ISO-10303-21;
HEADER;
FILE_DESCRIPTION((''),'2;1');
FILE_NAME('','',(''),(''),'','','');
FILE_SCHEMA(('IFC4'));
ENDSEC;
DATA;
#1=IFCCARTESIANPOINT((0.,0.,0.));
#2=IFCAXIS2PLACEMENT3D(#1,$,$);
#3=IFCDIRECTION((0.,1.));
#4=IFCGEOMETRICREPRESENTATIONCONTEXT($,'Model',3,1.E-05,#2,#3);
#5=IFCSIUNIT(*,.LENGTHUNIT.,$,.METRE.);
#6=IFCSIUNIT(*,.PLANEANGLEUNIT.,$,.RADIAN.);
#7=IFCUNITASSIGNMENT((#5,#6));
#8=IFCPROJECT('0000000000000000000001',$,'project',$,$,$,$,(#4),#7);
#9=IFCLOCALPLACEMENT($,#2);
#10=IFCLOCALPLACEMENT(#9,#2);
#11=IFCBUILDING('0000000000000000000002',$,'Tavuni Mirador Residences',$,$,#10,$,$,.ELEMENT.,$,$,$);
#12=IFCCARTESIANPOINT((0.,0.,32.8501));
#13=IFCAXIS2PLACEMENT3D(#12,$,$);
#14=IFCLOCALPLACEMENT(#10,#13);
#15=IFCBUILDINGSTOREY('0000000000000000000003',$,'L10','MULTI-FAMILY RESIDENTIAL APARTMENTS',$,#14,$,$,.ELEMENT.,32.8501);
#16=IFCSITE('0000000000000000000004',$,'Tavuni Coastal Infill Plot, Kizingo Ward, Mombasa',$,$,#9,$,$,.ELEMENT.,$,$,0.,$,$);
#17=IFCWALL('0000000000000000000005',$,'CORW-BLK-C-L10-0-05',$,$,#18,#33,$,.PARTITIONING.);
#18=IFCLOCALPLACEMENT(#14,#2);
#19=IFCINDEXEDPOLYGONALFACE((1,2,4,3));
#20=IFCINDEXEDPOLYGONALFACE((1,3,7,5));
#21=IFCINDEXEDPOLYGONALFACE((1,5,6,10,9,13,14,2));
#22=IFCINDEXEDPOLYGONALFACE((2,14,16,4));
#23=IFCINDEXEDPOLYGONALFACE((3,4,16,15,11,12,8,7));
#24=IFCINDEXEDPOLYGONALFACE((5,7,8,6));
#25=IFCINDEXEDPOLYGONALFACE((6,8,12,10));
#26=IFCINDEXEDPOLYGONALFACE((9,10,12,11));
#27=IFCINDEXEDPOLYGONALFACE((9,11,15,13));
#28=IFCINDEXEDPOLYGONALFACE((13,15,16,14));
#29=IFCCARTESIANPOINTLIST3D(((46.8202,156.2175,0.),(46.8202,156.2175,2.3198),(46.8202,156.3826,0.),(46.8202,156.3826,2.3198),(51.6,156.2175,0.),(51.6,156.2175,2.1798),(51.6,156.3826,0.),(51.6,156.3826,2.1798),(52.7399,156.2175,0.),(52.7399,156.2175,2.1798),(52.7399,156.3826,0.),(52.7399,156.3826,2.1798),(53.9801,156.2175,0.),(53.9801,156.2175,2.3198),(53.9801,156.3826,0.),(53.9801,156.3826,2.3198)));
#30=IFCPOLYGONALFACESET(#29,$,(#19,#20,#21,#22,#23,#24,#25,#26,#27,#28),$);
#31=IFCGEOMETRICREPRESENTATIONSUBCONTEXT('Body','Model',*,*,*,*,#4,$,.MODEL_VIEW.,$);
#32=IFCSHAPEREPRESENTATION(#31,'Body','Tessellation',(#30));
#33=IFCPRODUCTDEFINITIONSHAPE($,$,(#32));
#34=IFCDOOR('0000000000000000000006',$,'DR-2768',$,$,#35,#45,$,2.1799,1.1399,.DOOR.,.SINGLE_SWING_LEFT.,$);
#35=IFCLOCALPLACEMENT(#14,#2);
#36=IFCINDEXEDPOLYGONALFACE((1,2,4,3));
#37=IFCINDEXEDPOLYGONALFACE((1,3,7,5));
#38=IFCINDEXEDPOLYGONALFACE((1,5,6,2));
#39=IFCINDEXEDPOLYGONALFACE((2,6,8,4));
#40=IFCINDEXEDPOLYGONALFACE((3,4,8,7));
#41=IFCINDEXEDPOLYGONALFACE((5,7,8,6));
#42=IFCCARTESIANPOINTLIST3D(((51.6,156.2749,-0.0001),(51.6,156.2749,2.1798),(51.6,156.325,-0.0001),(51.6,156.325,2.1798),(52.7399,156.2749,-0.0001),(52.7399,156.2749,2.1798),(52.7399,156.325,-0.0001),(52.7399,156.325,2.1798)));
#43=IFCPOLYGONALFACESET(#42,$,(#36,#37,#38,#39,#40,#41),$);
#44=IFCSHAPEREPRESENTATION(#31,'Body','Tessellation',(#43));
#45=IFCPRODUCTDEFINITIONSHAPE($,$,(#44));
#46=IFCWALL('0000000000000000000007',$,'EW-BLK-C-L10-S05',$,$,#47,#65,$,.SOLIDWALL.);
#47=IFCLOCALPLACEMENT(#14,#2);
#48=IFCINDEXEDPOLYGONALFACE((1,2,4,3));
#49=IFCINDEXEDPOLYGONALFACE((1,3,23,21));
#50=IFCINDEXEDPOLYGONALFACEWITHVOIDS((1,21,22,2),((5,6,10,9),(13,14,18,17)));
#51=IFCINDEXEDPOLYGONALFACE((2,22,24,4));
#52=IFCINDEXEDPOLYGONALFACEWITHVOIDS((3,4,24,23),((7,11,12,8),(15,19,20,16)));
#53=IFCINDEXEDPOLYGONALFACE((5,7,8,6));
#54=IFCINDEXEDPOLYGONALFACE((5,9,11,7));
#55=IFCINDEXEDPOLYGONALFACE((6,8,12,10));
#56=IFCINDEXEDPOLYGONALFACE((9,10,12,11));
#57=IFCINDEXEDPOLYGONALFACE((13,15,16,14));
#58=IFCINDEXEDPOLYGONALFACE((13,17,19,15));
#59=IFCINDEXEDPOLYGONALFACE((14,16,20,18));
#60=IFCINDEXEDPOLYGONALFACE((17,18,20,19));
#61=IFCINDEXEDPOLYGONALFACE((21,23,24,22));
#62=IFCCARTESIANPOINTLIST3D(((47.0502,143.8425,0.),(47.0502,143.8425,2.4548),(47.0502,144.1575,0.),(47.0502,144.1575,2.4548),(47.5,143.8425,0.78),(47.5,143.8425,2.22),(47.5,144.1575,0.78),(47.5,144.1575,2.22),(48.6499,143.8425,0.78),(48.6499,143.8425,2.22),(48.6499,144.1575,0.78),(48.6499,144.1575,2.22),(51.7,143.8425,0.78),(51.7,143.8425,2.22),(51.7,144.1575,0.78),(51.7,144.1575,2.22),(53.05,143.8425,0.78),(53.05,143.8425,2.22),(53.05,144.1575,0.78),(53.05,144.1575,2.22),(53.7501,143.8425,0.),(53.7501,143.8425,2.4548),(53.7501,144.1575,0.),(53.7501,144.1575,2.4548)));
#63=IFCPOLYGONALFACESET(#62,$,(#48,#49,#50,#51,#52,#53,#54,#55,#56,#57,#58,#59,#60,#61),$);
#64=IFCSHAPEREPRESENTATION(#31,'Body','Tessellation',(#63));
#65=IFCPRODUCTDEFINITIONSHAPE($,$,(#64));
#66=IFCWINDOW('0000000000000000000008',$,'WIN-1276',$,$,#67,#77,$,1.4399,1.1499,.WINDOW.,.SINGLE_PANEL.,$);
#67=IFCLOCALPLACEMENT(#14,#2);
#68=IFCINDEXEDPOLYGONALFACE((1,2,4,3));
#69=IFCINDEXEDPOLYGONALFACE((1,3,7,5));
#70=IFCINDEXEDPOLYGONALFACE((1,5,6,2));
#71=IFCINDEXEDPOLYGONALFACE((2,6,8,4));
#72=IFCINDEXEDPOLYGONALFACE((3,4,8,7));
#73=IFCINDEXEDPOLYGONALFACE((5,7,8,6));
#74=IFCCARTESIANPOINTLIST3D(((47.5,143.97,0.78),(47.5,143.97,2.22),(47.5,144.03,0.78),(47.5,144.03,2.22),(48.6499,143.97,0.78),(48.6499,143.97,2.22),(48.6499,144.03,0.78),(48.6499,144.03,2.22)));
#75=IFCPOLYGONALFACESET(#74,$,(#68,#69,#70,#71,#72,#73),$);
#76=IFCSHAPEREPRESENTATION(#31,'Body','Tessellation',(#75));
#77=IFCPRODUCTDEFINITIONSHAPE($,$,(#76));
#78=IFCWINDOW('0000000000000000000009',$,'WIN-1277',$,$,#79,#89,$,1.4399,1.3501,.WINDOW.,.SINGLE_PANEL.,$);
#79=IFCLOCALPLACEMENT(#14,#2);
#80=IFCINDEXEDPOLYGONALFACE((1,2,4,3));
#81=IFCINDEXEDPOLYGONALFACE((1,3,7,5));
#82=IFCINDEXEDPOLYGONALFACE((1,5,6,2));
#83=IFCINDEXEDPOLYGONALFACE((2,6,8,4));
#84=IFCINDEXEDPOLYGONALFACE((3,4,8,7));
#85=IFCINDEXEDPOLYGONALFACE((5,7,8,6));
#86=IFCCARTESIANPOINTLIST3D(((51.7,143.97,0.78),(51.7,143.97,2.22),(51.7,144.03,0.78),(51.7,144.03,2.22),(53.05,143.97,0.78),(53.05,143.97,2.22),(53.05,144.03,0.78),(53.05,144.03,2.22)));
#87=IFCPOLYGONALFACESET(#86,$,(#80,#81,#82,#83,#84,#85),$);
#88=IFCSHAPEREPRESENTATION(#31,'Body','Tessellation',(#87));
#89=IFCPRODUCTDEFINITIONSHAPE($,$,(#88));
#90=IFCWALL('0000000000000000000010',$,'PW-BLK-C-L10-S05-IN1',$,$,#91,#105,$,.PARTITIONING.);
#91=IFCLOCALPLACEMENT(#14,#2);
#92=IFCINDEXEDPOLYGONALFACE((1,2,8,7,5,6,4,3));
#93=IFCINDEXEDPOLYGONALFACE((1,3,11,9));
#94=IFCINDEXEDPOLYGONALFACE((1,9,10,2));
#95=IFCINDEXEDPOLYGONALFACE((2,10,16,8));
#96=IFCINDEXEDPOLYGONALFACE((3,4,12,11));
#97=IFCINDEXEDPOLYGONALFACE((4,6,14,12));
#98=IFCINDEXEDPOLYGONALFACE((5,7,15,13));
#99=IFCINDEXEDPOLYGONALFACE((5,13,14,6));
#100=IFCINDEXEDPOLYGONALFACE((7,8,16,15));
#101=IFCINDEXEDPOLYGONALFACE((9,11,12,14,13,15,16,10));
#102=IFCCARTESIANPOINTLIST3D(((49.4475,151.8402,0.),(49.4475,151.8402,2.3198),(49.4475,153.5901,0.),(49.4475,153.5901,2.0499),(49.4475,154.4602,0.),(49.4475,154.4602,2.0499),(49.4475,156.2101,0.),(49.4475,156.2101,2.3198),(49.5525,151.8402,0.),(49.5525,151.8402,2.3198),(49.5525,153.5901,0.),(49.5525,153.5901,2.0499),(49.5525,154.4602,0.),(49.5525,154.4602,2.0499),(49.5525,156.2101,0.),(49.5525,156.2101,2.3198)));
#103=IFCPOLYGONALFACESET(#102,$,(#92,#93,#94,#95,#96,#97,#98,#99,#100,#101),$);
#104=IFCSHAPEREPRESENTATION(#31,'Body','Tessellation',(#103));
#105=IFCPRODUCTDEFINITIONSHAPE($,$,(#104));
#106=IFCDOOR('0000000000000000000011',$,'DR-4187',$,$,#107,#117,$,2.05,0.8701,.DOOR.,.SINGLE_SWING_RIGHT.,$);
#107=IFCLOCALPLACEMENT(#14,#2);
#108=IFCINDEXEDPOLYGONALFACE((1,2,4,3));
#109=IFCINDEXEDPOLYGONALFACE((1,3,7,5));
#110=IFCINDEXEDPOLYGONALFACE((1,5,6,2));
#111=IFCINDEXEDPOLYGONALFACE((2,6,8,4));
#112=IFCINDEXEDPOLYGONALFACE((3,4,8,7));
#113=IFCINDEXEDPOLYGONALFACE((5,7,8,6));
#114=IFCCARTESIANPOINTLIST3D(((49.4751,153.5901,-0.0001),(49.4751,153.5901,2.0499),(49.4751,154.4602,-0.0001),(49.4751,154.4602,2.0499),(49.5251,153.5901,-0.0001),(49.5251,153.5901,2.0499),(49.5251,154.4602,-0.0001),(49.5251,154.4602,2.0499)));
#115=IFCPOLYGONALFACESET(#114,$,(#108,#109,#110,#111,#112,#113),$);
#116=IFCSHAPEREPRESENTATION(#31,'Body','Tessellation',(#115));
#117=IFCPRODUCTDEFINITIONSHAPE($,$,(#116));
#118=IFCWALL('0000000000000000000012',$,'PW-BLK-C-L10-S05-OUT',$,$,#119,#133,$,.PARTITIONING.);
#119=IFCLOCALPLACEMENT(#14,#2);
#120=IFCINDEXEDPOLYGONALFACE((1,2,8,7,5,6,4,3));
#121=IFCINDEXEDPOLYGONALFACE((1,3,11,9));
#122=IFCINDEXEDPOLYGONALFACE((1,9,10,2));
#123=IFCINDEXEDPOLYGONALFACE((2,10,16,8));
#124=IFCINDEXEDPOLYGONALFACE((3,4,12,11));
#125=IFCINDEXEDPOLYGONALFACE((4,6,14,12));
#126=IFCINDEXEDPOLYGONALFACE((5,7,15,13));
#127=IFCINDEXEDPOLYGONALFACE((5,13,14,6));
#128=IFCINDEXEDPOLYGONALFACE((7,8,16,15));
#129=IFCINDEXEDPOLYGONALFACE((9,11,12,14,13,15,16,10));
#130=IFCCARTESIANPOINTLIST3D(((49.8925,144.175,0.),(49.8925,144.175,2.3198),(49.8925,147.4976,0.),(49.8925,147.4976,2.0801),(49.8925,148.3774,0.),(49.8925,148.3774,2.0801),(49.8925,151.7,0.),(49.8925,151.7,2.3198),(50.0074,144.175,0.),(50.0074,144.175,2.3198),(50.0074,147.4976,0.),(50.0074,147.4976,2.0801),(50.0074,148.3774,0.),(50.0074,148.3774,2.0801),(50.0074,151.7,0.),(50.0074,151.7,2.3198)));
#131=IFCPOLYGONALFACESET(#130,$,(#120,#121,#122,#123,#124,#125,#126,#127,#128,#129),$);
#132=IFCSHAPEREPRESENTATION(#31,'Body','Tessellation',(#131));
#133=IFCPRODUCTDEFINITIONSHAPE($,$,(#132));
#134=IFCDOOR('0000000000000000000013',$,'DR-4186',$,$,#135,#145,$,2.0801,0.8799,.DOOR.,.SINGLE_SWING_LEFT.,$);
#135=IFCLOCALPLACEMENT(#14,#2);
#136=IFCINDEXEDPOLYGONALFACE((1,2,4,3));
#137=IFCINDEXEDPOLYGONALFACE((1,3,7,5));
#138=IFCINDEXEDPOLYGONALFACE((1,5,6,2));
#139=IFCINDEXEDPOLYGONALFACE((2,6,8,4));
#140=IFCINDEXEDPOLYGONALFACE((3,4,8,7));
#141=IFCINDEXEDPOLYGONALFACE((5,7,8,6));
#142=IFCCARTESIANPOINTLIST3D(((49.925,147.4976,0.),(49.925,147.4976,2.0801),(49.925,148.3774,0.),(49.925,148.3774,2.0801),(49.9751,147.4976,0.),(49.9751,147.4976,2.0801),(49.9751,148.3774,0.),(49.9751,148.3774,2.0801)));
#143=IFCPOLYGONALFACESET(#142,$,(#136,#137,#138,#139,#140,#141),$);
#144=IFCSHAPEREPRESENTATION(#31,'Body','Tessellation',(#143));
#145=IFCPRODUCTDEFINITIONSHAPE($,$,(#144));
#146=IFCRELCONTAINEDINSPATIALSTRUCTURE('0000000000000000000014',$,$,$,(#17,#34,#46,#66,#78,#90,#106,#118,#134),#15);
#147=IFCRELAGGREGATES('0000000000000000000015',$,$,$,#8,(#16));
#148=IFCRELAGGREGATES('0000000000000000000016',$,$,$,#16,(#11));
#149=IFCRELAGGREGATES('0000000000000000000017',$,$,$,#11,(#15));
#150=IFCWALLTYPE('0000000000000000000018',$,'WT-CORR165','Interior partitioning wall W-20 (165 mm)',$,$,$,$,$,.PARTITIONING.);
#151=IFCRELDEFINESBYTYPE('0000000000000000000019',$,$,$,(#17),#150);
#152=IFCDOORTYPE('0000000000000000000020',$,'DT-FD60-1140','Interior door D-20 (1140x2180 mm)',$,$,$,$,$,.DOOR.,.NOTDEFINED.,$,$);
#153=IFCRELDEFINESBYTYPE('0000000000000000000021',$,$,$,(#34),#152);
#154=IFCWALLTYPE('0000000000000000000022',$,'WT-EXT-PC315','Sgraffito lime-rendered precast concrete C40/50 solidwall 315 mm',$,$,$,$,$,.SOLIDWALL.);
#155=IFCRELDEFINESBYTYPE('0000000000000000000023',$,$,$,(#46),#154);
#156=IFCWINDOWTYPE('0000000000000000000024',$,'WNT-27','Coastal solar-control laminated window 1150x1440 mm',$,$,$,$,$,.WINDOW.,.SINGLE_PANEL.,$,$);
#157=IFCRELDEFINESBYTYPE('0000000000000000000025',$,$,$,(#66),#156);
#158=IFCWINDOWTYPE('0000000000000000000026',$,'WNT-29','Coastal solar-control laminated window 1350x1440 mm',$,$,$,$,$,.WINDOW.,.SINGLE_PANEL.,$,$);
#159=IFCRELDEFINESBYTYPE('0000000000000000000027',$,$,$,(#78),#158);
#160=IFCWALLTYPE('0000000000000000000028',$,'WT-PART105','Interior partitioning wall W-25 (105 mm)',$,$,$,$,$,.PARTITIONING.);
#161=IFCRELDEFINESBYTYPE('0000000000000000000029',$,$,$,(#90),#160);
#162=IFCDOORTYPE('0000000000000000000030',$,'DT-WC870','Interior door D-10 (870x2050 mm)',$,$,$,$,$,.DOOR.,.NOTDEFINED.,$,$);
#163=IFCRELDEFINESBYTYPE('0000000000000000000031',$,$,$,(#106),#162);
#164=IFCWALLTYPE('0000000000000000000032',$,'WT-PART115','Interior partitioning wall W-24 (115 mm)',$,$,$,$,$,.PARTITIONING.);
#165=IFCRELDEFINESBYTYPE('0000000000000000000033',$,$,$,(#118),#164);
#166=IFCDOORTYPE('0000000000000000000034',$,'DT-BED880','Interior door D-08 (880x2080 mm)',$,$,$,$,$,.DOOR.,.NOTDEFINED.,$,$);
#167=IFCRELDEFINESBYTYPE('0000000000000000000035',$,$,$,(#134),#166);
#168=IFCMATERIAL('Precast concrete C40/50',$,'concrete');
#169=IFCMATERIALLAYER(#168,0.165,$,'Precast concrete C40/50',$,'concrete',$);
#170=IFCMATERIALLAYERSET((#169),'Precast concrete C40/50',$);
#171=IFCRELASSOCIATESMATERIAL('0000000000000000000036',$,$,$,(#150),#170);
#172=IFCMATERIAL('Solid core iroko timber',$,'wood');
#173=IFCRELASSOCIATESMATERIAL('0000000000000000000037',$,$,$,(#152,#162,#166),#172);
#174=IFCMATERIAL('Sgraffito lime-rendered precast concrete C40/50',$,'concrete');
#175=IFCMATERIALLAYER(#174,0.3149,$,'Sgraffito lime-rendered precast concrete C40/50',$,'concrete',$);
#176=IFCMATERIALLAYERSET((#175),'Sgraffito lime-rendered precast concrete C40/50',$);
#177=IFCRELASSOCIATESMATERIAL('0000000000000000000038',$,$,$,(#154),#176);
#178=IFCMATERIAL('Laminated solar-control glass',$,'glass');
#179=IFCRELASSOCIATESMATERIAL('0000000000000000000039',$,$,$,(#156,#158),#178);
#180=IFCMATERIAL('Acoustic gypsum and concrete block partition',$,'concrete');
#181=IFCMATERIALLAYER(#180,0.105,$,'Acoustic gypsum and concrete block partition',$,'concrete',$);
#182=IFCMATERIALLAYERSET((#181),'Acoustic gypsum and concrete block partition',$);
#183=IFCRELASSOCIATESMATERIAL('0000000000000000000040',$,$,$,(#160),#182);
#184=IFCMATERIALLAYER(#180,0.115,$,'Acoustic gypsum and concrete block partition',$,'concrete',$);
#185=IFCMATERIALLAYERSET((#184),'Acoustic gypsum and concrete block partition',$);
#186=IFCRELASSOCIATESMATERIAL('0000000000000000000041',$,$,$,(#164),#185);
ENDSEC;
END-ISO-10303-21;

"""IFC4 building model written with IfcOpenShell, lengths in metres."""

from ifc_helpers import new_model, si_unit, direction, frame, frame_2d, origin, place, context, subcontext, project, spatial, rectangle, extrude, material, layer, layer_set, type_object, element, fill, save


model = new_model("IFC4")

# Units and contexts
model_context = context("Model", 3, precision=1e-05, world=origin(), true_north=direction((0.0, 1.0)))
body_context = subcontext(model_context, "Body", "Model", "MODEL_VIEW")
ifc_project = project(units=[si_unit("LENGTHUNIT", "METRE"), si_unit("PLANEANGLEUNIT", "RADIAN")], contexts=[model_context])

# Site, building, storey
site_placement = place(None, origin())
site = spatial("IfcSite", under=ifc_project, at=site_placement, Name="Tavuni Coastal Infill Plot, Kizingo Ward, Mombasa", CompositionType="ELEMENT", RefElevation=0.0)
building_placement = place(site_placement, origin())
building = spatial("IfcBuilding", under=site, at=building_placement, Name="Tavuni Mirador Residences", CompositionType="ELEMENT")
storey_placement = place(building_placement, frame((0.0, 0.0, 32.8501)))
storey = spatial("IfcBuildingStorey", under=building, at=storey_placement, Name="L10", Description="MULTI-FAMILY RESIDENTIAL APARTMENTS", CompositionType="ELEMENT", Elevation=32.8501)

# Shared definitions
ifc_material_1 = material(Name="Precast concrete C40/50", Category="concrete")

# Wall, opening, door
ifc_layer_1 = layer(ifc_material_1, 0.165, Name="Precast concrete C40/50", Category="concrete")
ifc_layer_set_1 = layer_set([ifc_layer_1], Name="Precast concrete C40/50")
wall_type_1 = type_object("IfcWallType", Name="WT-CORR165", Description="Interior partitioning wall W-20 (165 mm)", PredefinedType="PARTITIONING", material=ifc_layer_set_1)
wall_1_placement = place(storey_placement, frame((46.8201, 156.3, 0.0), z_axis=(0.0, 0.0, 1.0), x_axis=(1.0, 0.0, 0.0)))
wall_1 = element("IfcWall", 1, at=wall_1_placement, inside=storey, type_object=wall_type_1, Name="CORW-BLK-C-L10-0-05", PredefinedType="PARTITIONING", context=body_context, shape_type="SweptSolid", body=[
    extrude(rectangle(XDim=7.1599, YDim=0.165, at=frame_2d((3.5801, 0.0))), origin(), (0.0, 0.0, 1.0), 2.3198),
])
opening_1_placement = place(wall_1_placement, frame((4.78, 0.0, 0.0)))
opening_1 = element("IfcOpeningElement", 2, at=opening_1_placement, cuts=wall_1, PredefinedType="OPENING", context=body_context, shape_type="SweptSolid", body=[
    extrude(rectangle(XDim=1.1399, YDim=2.1799, at=frame_2d((0.5698, 1.0898))), frame((0.0, 0.0925, 0.0), z_axis=(0.0, -1.0, 0.0), x_axis=(1.0, 0.0, 0.0)), (0.0, 0.0, 1.0), 0.1851),
])
ifc_material_2 = material(Name="Solid core iroko timber", Category="wood")
door_type_1 = type_object("IfcDoorType", Name="DT-FD60-1140", Description="Interior door D-20 (1140x2180 mm)", OperationType="NOTDEFINED", PredefinedType="DOOR", material=ifc_material_2)
door_1_placement = place(opening_1_placement, origin())
door_1 = element("IfcDoor", 3, at=door_1_placement, inside=storey, type_object=door_type_1, Name="DR-2768", OperationType="SINGLE_SWING_LEFT", OverallHeight=2.1799, OverallWidth=1.1399, PredefinedType="DOOR", context=body_context, shape_type="SweptSolid", body=[
    extrude(rectangle(XDim=1.1399, YDim=2.1799, at=frame_2d((0.5698, 1.0898))), frame((0.0, 0.0249, 0.0), z_axis=(0.0, -1.0, 0.0), x_axis=(1.0, 0.0, 0.0)), (0.0, 0.0, 1.0), 0.05),
])
fill(opening_1, door_1)

# Wall, openings, windows
ifc_material_3 = material(Name="Sgraffito lime-rendered precast concrete C40/50", Category="concrete")
ifc_layer_2 = layer(ifc_material_3, 0.3149, Name="Sgraffito lime-rendered precast concrete C40/50", Category="concrete")
ifc_layer_set_2 = layer_set([ifc_layer_2], Name="Sgraffito lime-rendered precast concrete C40/50")
wall_type_2 = type_object("IfcWallType", Name="WT-EXT-PC315", Description="Sgraffito lime-rendered precast concrete C40/50 solidwall 315 mm", PredefinedType="SOLIDWALL", material=ifc_layer_set_2)
wall_2_placement = place(storey_placement, frame((47.05, 144.0, 0.0), z_axis=(0.0, 0.0, 1.0), x_axis=(1.0, 0.0, 0.0)))
wall_2 = element("IfcWall", 4, at=wall_2_placement, inside=storey, type_object=wall_type_2, Name="EW-BLK-C-L10-S05", PredefinedType="SOLIDWALL", context=body_context, shape_type="SweptSolid", body=[
    extrude(rectangle(XDim=6.7, YDim=0.3149, at=frame_2d((3.3501, 0.0))), origin(), (0.0, 0.0, 1.0), 2.4548),
])
opening_2_placement = place(wall_2_placement, frame((0.45, 0.0, 0.78)))
opening_2 = element("IfcOpeningElement", 5, at=opening_2_placement, cuts=wall_2, PredefinedType="OPENING", context=body_context, shape_type="SweptSolid", body=[
    extrude(rectangle(XDim=1.1499, YDim=1.4399, at=frame_2d((0.575, 0.72))), frame((0.0, 0.1675, 0.0), z_axis=(0.0, -1.0, 0.0), x_axis=(1.0, 0.0, 0.0)), (0.0, 0.0, 1.0), 0.335),
])
opening_3_placement = place(wall_2_placement, frame((4.6499, 0.0, 0.78)))
opening_3 = element("IfcOpeningElement", 6, at=opening_3_placement, cuts=wall_2, PredefinedType="OPENING", context=body_context, shape_type="SweptSolid", body=[
    extrude(rectangle(XDim=1.3501, YDim=1.4399, at=frame_2d((0.675, 0.72))), frame((0.0, 0.1675, 0.0), z_axis=(0.0, -1.0, 0.0), x_axis=(1.0, 0.0, 0.0)), (0.0, 0.0, 1.0), 0.335),
])
ifc_material_4 = material(Name="Laminated solar-control glass", Category="glass")
window_type_1 = type_object("IfcWindowType", Name="WNT-27", Description="Coastal solar-control laminated window 1150x1440 mm", PartitioningType="SINGLE_PANEL", PredefinedType="WINDOW", material=ifc_material_4)
window_1_placement = place(opening_2_placement, origin())
window_1 = element("IfcWindow", 7, at=window_1_placement, inside=storey, type_object=window_type_1, Name="WIN-1276", OverallHeight=1.4399, OverallWidth=1.1499, PartitioningType="SINGLE_PANEL", PredefinedType="WINDOW", context=body_context, shape_type="SweptSolid", body=[
    extrude(rectangle(XDim=1.1499, YDim=1.4399, at=frame_2d((0.575, 0.72))), frame((0.0, 0.03, 0.0), z_axis=(0.0, -1.0, 0.0), x_axis=(1.0, 0.0, 0.0)), (0.0, 0.0, 1.0), 0.0601),
])
fill(opening_2, window_1)
window_type_2 = type_object("IfcWindowType", Name="WNT-29", Description="Coastal solar-control laminated window 1350x1440 mm", PartitioningType="SINGLE_PANEL", PredefinedType="WINDOW", material=ifc_material_4)
window_2_placement = place(opening_3_placement, origin())
window_2 = element("IfcWindow", 8, at=window_2_placement, inside=storey, type_object=window_type_2, Name="WIN-1277", OverallHeight=1.4399, OverallWidth=1.3501, PartitioningType="SINGLE_PANEL", PredefinedType="WINDOW", context=body_context, shape_type="SweptSolid", body=[
    extrude(rectangle(XDim=1.3501, YDim=1.4399, at=frame_2d((0.675, 0.72))), frame((0.0, 0.03, 0.0), z_axis=(0.0, -1.0, 0.0), x_axis=(1.0, 0.0, 0.0)), (0.0, 0.0, 1.0), 0.0601),
])
fill(opening_3, window_2)

# Walls, openings, doors
ifc_material_5 = material(Name="Acoustic gypsum and concrete block partition", Category="concrete")
ifc_layer_3 = layer(ifc_material_5, 0.105, Name="Acoustic gypsum and concrete block partition", Category="concrete")
ifc_layer_set_3 = layer_set([ifc_layer_3], Name="Acoustic gypsum and concrete block partition")
wall_type_3 = type_object("IfcWallType", Name="WT-PART105", Description="Interior partitioning wall W-25 (105 mm)", PredefinedType="PARTITIONING", material=ifc_layer_set_3)
wall_3_placement = place(storey_placement, frame((49.5, 151.8401, 0.0), z_axis=(0.0, 0.0, 1.0), x_axis=(0.0, 1.0, 0.0)))
wall_3 = element("IfcWall", 9, at=wall_3_placement, inside=storey, type_object=wall_type_3, Name="PW-BLK-C-L10-S05-IN1", PredefinedType="PARTITIONING", context=body_context, shape_type="SweptSolid", body=[
    extrude(rectangle(XDim=4.3699, YDim=0.105, at=frame_2d((2.1851, 0.0))), origin(), (0.0, 0.0, 1.0), 2.3198),
])
opening_4_placement = place(wall_3_placement, frame((1.75, 0.0, 0.0)))
opening_4 = element("IfcOpeningElement", 10, at=opening_4_placement, cuts=wall_3, PredefinedType="OPENING", context=body_context, shape_type="SweptSolid", body=[
    extrude(rectangle(XDim=0.8701, YDim=2.05, at=frame_2d((0.4351, 1.0249))), frame((0.0, 0.0625, 0.0), z_axis=(0.0, -1.0, 0.0), x_axis=(1.0, 0.0, 0.0)), (0.0, 0.0, 1.0), 0.125),
])
door_type_2 = type_object("IfcDoorType", Name="DT-WC870", Description="Interior door D-10 (870x2050 mm)", OperationType="NOTDEFINED", PredefinedType="DOOR", material=ifc_material_2)
door_2_placement = place(opening_4_placement, origin())
door_2 = element("IfcDoor", 11, at=door_2_placement, inside=storey, type_object=door_type_2, Name="DR-4187", OperationType="SINGLE_SWING_RIGHT", OverallHeight=2.05, OverallWidth=0.8701, PredefinedType="DOOR", context=body_context, shape_type="SweptSolid", body=[
    extrude(rectangle(XDim=0.8701, YDim=2.05, at=frame_2d((0.4351, 1.0249))), frame((0.0, 0.0249, 0.0), z_axis=(0.0, -1.0, 0.0), x_axis=(1.0, 0.0, 0.0)), (0.0, 0.0, 1.0), 0.05),
])
fill(opening_4, door_2)
ifc_layer_4 = layer(ifc_material_5, 0.115, Name="Acoustic gypsum and concrete block partition", Category="concrete")
ifc_layer_set_4 = layer_set([ifc_layer_4], Name="Acoustic gypsum and concrete block partition")
wall_type_4 = type_object("IfcWallType", Name="WT-PART115", Description="Interior partitioning wall W-24 (115 mm)", PredefinedType="PARTITIONING", material=ifc_layer_set_4)
wall_4_placement = place(storey_placement, frame((49.95, 144.175, 0.0), z_axis=(0.0, 0.0, 1.0), x_axis=(0.0, 1.0, 0.0)))
wall_4 = element("IfcWall", 12, at=wall_4_placement, inside=storey, type_object=wall_type_4, Name="PW-BLK-C-L10-S05-OUT", PredefinedType="PARTITIONING", context=body_context, shape_type="SweptSolid", body=[
    extrude(rectangle(XDim=7.5249, YDim=0.115, at=frame_2d((3.7625, 0.0))), origin(), (0.0, 0.0, 1.0), 2.3198),
])
opening_5_placement = place(wall_4_placement, frame((3.3225, 0.0, 0.0)))
opening_5 = element("IfcOpeningElement", 13, at=opening_5_placement, cuts=wall_4, PredefinedType="OPENING", context=body_context, shape_type="SweptSolid", body=[
    extrude(rectangle(XDim=0.8799, YDim=2.0801, at=frame_2d((0.4399, 1.04))), frame((0.0, 0.0674, 0.0), z_axis=(0.0, -1.0, 0.0), x_axis=(1.0, 0.0, 0.0)), (0.0, 0.0, 1.0), 0.135),
])
door_type_3 = type_object("IfcDoorType", Name="DT-BED880", Description="Interior door D-08 (880x2080 mm)", OperationType="NOTDEFINED", PredefinedType="DOOR", material=ifc_material_2)
door_3_placement = place(opening_5_placement, origin())
door_3 = element("IfcDoor", 14, at=door_3_placement, inside=storey, type_object=door_type_3, Name="DR-4186", OperationType="SINGLE_SWING_LEFT", OverallHeight=2.0801, OverallWidth=0.8799, PredefinedType="DOOR", context=body_context, shape_type="SweptSolid", body=[
    extrude(rectangle(XDim=0.8799, YDim=2.0801, at=frame_2d((0.4399, 1.04))), frame((0.0, 0.0249, 0.0), z_axis=(0.0, -1.0, 0.0), x_axis=(1.0, 0.0, 0.0)), (0.0, 0.0, 1.0), 0.05),
])
fill(opening_5, door_3)

save(model, "model.ifc")
